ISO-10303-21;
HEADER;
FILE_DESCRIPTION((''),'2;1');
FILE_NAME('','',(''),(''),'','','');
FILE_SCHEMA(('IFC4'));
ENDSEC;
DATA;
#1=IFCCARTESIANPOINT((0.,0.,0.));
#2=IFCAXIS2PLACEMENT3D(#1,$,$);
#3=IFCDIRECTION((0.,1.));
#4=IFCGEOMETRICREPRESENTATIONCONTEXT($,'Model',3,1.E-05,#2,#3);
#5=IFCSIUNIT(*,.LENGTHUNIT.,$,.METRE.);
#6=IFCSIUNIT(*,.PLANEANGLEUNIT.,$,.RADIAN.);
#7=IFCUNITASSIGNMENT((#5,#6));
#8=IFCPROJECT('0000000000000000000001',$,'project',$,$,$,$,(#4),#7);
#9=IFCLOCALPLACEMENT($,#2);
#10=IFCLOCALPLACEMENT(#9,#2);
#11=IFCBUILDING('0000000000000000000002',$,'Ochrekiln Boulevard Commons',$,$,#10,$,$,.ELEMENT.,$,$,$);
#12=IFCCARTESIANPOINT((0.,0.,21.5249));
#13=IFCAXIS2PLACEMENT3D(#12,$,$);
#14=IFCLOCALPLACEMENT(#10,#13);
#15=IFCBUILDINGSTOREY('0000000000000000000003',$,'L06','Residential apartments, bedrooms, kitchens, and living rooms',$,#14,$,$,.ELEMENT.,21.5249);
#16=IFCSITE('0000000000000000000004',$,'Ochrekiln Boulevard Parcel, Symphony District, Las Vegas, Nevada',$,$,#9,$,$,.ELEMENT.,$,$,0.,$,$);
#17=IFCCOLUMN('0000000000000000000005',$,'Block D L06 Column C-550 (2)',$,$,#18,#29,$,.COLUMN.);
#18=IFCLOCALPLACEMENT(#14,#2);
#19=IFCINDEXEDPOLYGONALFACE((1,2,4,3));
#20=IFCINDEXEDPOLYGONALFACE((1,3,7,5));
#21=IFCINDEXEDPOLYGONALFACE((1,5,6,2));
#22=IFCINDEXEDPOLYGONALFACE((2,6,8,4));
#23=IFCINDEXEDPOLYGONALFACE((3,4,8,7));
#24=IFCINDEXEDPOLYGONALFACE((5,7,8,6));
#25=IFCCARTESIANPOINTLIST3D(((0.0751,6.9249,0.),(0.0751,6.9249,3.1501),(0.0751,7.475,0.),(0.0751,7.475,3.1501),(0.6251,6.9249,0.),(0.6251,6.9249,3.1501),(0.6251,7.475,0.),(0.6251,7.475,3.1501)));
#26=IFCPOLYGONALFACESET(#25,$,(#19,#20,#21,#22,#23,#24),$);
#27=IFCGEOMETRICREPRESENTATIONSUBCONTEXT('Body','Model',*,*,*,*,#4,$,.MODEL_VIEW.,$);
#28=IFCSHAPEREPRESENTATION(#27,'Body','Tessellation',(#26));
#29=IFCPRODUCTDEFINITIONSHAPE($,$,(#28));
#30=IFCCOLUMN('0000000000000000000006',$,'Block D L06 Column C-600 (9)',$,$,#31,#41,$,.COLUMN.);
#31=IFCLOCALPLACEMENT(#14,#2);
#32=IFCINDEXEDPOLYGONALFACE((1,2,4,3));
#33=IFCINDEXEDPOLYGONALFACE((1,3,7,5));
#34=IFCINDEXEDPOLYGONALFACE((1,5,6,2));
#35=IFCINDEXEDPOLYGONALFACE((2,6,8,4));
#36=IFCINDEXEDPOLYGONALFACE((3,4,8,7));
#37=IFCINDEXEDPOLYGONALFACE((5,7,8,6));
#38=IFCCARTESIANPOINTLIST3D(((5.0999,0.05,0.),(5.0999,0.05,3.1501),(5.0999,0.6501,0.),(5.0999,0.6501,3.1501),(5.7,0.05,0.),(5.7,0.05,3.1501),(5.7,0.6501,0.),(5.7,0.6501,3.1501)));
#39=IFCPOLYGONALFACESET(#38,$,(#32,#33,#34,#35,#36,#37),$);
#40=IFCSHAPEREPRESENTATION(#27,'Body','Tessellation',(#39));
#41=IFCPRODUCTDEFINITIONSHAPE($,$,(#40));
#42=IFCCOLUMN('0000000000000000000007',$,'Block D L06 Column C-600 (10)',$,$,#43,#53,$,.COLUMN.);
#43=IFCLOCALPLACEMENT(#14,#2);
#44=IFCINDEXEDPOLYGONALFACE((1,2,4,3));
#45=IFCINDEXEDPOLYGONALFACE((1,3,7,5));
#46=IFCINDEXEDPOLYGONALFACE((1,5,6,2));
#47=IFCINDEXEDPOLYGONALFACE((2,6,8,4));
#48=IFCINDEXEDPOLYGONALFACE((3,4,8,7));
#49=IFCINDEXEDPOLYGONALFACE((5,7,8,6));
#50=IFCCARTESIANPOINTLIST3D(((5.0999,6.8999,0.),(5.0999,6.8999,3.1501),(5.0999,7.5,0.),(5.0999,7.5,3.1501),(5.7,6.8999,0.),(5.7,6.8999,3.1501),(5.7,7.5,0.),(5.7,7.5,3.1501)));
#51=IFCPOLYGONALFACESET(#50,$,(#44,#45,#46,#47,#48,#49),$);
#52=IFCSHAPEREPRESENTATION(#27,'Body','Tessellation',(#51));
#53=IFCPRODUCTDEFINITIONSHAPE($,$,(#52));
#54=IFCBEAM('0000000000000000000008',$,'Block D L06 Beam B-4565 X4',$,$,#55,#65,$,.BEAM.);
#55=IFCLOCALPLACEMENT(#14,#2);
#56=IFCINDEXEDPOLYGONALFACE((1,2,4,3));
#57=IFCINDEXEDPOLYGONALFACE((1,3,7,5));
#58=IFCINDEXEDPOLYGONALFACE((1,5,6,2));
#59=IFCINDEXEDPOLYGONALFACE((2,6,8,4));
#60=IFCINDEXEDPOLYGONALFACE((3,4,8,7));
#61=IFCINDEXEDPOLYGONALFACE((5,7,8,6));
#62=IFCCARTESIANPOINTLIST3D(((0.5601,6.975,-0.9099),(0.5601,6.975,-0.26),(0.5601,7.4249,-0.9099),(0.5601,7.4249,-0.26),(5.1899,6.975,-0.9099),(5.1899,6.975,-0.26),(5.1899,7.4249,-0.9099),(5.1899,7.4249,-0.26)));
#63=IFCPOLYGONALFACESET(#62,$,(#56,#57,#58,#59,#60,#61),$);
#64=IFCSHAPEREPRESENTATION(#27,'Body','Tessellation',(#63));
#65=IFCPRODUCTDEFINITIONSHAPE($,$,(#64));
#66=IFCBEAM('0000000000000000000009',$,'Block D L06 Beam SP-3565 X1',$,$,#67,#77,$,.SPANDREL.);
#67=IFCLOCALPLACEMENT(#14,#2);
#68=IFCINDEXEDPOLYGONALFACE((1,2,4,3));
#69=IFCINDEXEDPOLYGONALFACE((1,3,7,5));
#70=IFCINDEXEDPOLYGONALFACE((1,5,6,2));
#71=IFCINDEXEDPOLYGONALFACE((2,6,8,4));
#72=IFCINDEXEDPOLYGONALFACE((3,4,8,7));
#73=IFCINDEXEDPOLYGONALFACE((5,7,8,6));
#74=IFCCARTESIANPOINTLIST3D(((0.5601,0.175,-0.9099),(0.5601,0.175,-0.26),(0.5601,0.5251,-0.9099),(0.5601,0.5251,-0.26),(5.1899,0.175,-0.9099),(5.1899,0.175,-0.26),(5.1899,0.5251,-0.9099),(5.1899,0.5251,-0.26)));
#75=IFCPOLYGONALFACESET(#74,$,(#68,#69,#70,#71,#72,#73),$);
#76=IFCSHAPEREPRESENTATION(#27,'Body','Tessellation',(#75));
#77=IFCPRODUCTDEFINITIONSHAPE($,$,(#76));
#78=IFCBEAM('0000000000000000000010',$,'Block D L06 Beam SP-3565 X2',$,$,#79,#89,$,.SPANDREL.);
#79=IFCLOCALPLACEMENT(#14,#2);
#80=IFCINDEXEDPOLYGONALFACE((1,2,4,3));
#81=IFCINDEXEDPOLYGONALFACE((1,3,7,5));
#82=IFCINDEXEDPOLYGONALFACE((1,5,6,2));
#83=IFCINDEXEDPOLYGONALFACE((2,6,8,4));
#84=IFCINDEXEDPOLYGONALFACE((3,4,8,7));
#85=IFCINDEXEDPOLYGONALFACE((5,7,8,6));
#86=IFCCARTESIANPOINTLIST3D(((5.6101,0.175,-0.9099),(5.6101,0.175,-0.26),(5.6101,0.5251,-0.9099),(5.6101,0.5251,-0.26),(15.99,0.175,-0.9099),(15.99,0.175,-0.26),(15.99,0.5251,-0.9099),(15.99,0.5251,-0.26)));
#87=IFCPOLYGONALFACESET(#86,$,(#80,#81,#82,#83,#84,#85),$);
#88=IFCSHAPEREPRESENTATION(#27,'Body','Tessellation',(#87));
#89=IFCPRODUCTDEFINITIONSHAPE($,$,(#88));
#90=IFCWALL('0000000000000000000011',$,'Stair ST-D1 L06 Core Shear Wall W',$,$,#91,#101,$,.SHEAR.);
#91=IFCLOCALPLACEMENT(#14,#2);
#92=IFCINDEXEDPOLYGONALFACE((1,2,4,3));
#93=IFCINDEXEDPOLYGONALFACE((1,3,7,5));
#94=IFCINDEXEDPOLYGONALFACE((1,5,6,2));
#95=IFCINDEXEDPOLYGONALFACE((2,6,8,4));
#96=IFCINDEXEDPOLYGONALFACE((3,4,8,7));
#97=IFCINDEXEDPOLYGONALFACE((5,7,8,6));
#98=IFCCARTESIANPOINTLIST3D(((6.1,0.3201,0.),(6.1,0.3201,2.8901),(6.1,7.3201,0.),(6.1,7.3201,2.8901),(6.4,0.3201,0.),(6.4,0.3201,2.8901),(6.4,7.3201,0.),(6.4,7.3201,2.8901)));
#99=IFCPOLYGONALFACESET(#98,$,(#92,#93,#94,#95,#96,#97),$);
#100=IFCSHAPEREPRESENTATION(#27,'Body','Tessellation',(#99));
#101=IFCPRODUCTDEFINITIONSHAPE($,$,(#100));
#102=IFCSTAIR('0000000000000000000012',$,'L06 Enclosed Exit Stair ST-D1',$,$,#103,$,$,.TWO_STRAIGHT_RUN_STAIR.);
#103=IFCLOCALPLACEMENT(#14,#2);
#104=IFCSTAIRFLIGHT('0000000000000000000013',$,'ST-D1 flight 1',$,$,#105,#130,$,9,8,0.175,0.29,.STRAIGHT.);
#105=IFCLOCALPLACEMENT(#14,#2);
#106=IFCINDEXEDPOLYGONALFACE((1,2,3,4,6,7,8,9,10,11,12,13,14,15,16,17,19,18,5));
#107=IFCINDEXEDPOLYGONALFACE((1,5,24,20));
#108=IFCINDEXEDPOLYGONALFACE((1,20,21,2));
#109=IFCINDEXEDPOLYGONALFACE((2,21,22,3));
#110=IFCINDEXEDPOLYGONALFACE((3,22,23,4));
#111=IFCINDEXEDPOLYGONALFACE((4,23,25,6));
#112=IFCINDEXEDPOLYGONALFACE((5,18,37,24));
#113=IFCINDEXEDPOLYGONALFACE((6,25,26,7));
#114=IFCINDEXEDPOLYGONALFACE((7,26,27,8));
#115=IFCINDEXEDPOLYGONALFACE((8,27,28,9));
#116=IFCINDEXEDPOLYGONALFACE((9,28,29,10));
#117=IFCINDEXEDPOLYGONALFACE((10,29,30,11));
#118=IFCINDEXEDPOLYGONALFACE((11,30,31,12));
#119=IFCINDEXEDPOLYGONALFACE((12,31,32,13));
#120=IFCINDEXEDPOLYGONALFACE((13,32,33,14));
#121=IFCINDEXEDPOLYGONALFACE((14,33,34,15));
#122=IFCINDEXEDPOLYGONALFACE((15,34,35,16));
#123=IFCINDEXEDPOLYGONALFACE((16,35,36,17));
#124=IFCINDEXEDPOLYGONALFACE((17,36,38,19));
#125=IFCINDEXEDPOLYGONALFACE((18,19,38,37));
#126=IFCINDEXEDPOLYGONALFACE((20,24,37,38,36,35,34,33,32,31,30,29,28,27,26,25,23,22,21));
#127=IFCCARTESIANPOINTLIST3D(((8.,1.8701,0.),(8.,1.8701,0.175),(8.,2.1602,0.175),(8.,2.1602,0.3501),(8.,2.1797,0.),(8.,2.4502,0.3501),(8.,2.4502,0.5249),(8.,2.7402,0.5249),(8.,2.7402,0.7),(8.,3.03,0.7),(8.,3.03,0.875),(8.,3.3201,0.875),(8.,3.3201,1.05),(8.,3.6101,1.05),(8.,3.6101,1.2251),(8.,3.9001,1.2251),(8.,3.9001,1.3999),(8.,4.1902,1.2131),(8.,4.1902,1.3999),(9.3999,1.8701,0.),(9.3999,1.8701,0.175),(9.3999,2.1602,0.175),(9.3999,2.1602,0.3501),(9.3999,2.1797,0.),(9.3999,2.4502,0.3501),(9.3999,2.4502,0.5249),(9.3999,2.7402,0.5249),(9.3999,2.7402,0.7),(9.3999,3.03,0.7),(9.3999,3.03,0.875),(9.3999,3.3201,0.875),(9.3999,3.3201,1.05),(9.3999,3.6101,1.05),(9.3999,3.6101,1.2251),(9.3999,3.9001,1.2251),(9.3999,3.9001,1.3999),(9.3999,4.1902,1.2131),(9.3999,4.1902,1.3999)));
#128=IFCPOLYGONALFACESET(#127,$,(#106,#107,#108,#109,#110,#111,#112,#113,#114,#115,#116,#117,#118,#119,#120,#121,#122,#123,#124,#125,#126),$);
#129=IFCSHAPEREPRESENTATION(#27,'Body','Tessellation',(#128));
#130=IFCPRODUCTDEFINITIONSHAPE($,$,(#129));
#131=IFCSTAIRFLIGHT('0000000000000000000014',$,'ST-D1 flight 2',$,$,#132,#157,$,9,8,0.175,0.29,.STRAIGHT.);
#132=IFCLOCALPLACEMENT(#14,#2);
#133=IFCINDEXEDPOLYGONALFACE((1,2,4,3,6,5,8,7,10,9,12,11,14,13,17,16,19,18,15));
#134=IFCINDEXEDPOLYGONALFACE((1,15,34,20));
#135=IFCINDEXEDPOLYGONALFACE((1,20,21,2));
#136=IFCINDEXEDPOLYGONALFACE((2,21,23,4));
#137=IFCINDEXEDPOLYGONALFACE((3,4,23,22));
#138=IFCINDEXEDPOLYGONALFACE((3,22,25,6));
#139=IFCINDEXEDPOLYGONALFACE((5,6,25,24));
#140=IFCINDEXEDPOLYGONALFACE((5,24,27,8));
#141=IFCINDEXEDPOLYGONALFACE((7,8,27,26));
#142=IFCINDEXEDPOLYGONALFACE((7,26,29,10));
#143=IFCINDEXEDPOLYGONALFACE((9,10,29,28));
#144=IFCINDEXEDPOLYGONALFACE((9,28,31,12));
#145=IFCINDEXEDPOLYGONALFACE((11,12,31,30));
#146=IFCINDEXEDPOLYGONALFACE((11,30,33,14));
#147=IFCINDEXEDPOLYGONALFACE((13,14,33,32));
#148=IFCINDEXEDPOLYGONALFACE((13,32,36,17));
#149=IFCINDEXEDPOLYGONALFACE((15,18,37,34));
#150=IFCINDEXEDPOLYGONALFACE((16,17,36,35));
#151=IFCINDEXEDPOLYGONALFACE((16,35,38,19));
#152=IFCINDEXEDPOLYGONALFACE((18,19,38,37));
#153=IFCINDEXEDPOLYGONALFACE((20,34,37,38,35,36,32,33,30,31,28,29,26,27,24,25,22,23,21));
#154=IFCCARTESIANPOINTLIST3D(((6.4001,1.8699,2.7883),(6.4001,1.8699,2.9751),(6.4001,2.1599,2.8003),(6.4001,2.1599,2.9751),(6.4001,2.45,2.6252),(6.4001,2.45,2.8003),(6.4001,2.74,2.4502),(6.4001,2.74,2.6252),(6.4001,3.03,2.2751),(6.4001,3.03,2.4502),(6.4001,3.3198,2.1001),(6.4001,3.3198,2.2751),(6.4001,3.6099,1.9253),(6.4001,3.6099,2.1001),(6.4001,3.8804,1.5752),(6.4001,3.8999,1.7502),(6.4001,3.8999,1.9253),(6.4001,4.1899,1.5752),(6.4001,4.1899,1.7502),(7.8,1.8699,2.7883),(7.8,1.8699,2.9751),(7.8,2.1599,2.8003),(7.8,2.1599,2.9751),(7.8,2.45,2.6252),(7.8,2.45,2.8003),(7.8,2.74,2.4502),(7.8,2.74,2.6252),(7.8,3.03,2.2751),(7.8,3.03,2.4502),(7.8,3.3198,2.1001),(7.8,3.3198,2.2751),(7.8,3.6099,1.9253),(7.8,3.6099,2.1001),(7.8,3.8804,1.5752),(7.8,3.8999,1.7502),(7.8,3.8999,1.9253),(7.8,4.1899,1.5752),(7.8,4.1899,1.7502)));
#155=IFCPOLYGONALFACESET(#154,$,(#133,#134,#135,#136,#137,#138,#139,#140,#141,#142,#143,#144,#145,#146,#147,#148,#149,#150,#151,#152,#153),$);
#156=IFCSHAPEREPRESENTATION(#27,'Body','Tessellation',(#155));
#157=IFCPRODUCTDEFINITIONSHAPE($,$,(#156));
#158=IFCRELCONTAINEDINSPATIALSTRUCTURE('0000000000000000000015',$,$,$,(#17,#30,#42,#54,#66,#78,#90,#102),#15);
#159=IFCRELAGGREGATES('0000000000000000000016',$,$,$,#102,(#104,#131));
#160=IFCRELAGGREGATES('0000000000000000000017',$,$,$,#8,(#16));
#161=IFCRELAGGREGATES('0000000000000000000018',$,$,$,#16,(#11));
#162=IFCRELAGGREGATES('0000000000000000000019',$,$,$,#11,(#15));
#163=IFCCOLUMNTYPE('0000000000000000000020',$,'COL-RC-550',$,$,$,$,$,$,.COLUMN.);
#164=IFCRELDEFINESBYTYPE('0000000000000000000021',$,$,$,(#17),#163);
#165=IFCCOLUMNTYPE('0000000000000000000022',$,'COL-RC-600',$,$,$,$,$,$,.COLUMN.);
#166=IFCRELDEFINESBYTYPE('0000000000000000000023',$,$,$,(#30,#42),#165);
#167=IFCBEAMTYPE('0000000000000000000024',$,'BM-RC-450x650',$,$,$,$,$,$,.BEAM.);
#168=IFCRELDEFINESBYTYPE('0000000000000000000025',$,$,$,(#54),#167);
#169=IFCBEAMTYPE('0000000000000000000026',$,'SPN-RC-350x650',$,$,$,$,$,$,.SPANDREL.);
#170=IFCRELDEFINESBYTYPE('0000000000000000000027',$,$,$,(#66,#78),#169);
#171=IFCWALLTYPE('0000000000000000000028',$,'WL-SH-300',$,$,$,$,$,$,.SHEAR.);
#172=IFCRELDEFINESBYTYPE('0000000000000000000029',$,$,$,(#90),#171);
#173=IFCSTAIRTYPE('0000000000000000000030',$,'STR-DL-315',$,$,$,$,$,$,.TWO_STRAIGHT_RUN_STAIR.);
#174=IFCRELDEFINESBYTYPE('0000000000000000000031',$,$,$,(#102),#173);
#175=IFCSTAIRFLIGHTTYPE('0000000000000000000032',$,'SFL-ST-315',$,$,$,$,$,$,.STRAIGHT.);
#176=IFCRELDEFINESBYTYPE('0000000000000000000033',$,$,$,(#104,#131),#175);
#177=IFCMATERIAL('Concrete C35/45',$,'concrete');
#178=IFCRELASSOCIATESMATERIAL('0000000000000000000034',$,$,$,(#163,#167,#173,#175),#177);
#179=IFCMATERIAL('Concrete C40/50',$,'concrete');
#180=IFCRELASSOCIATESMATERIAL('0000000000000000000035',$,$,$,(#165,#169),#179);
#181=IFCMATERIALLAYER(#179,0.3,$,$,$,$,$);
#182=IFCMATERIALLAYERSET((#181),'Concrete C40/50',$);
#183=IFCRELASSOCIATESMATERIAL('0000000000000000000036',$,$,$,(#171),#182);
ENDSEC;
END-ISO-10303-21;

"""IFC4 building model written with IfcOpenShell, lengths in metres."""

from ifc_helpers import new_model, si_unit, direction, frame, frame_2d, origin, origin_2d, place, context, subcontext, project, spatial, polyline, rectangle, outline, extrude, material, layer, layer_set, material_profile, profile_set, type_object, element, aggregate, save


model = new_model("IFC4")

# Units and contexts
model_context = context("Model", 3, precision=1e-05, world=origin(), true_north=direction((0.0, 1.0)))
body_context = subcontext(model_context, "Body", "Model", "MODEL_VIEW")
ifc_project = project(units=[si_unit("LENGTHUNIT", "METRE"), si_unit("PLANEANGLEUNIT", "RADIAN")], contexts=[model_context])

# Site, building, storey
site_placement = place(None, origin())
site = spatial("IfcSite", under=ifc_project, at=site_placement, Name="Ochrekiln Boulevard Parcel, Symphony District, Las Vegas, Nevada", CompositionType="ELEMENT", RefElevation=0.0)
building_placement = place(site_placement, origin())
building = spatial("IfcBuilding", under=site, at=building_placement, Name="Ochrekiln Boulevard Commons", CompositionType="ELEMENT")
storey_placement = place(building_placement, frame((0.0, 0.0, 21.5249)))
storey = spatial("IfcBuildingStorey", under=building, at=storey_placement, Name="L06", Description="Residential apartments, bedrooms, kitchens, and living rooms", CompositionType="ELEMENT", Elevation=21.5249)

# Columns
ifc_material_1 = material(Name="Concrete C35/45", Category="concrete")
ifc_material_profile_1 = material_profile(ifc_material_1, rectangle(XDim=0.55, YDim=0.55, at=origin_2d()), Name="RC-COL-550x550")
ifc_profile_set_1 = profile_set([ifc_material_profile_1], Name="Concrete C35/45")
column_type_1 = type_object("IfcColumnType", Name="COL-RC-550", PredefinedType="COLUMN", material=ifc_profile_set_1)
column_placement = place(storey_placement, frame((0.3501, 7.2, 0.0), z_axis=(0.0, 0.0, 1.0), x_axis=(1.0, 0.0, 0.0)))
element("IfcColumn", 1, at=column_placement, inside=storey, type_object=column_type_1, Name="Block D L06 Column C-550 (2)", PredefinedType="COLUMN", context=body_context, shape_type="SweptSolid", body=[
    extrude(rectangle(XDim=0.55, YDim=0.55, at=origin_2d()), origin(), (0.0, 0.0, 1.0), 3.1501),
])
ifc_material_2 = material(Name="Concrete C40/50", Category="concrete")
ifc_material_profile_2 = material_profile(ifc_material_2, rectangle(XDim=0.6001, YDim=0.6001, at=origin_2d()), Name="RC-COL-600x600")
ifc_profile_set_2 = profile_set([ifc_material_profile_2], Name="Concrete C40/50")
column_type_2 = type_object("IfcColumnType", Name="COL-RC-600", PredefinedType="COLUMN", material=ifc_profile_set_2)
for number, where, z_axis, x_axis, name in (
    (2, (5.3999, 0.3501, 0.0), (0.0, 0.0, 1.0), (1.0, 0.0, 0.0), "Block D L06 Column C-600 (9)"),
    (3, (5.3999, 7.2, 0.0), (0.0, 0.0, 1.0), (1.0, 0.0, 0.0), "Block D L06 Column C-600 (10)"),
):
    element("IfcColumn", number, at=place(storey_placement, frame(where, z_axis=z_axis, x_axis=x_axis)), inside=storey, type_object=column_type_2, Name=name, PredefinedType="COLUMN", context=body_context, shape_type="SweptSolid", body=[
        extrude(rectangle(XDim=0.6001, YDim=0.6001, at=origin_2d()), origin(), (0.0, 0.0, 1.0), 3.1501),
    ])

# Beams
ifc_material_profile_3 = material_profile(ifc_material_1, rectangle(XDim=0.45, YDim=0.6499, at=origin_2d()), Name="RC-BM-450x650")
ifc_profile_set_3 = profile_set([ifc_material_profile_3], Name="Concrete C35/45")
beam_type_1 = type_object("IfcBeamType", Name="BM-RC-450x650", PredefinedType="BEAM", material=ifc_profile_set_3)
beam_1_placement = place(storey_placement, frame((0.5601, 7.2, -0.585), z_axis=(1.0, 0.0, 0.0), x_axis=(0.0, 1.0, 0.0)))
element("IfcBeam", 4, at=beam_1_placement, inside=storey, type_object=beam_type_1, Name="Block D L06 Beam B-4565 X4", PredefinedType="BEAM", context=body_context, shape_type="SweptSolid", body=[
    extrude(rectangle(XDim=0.45, YDim=0.6499, at=origin_2d()), origin(), (0.0, 0.0, 1.0), 4.6299),
])
ifc_material_profile_4 = material_profile(ifc_material_2, rectangle(XDim=0.3501, YDim=0.6499, at=origin_2d()), Name="RC-SPN-350x650")
ifc_profile_set_4 = profile_set([ifc_material_profile_4], Name="Concrete C40/50")
beam_type_2 = type_object("IfcBeamType", Name="SPN-RC-350x650", PredefinedType="SPANDREL", material=ifc_profile_set_4)
beam_2_placement = place(storey_placement, frame((0.5601, 0.3501, -0.585), z_axis=(1.0, 0.0, 0.0), x_axis=(0.0, 1.0, 0.0)))
element("IfcBeam", 5, at=beam_2_placement, inside=storey, type_object=beam_type_2, Name="Block D L06 Beam SP-3565 X1", PredefinedType="SPANDREL", context=body_context, shape_type="SweptSolid", body=[
    extrude(rectangle(XDim=0.3501, YDim=0.6499, at=origin_2d()), origin(), (0.0, 0.0, 1.0), 4.6299),
])
beam_3_placement = place(storey_placement, frame((5.6101, 0.3501, -0.585), z_axis=(1.0, 0.0, 0.0), x_axis=(0.0, 1.0, 0.0)))
element("IfcBeam", 6, at=beam_3_placement, inside=storey, type_object=beam_type_2, Name="Block D L06 Beam SP-3565 X2", PredefinedType="SPANDREL", context=body_context, shape_type="SweptSolid", body=[
    extrude(rectangle(XDim=0.3501, YDim=0.6499, at=origin_2d()), origin(), (0.0, 0.0, 1.0), 10.3799),
])

# Wall
ifc_layer = layer(ifc_material_2, 0.3)
ifc_layer_set = layer_set([ifc_layer], Name="Concrete C40/50")
wall_type = type_object("IfcWallType", Name="WL-SH-300", PredefinedType="SHEAR", material=ifc_layer_set)
wall_placement = place(storey_placement, frame((6.25, 0.3201, 0.0), z_axis=(0.0, 0.0, 1.0), x_axis=(0.0, 1.0, 0.0)))
element("IfcWall", 7, at=wall_placement, inside=storey, type_object=wall_type, Name="Stair ST-D1 L06 Core Shear Wall W", PredefinedType="SHEAR", context=body_context, shape_type="SweptSolid", body=[
    extrude(rectangle(XDim=7.0, YDim=0.3, at=frame_2d((3.5, 0.0))), origin(), (0.0, 0.0, 1.0), 2.8901),
])

# Stair, stair flights
stair_type = type_object("IfcStairType", Name="STR-DL-315", PredefinedType="TWO_STRAIGHT_RUN_STAIR", material=ifc_material_1)
stair_placement = place(storey_placement, origin())
stair = element("IfcStair", 8, at=stair_placement, inside=storey, type_object=stair_type, Name="L06 Enclosed Exit Stair ST-D1", PredefinedType="TWO_STRAIGHT_RUN_STAIR")
stair_flight_type = type_object("IfcStairFlightType", Name="SFL-ST-315", PredefinedType="STRAIGHT", material=ifc_material_1)
stair_flight_1_placement = place(storey_placement, frame((8.7, 1.8701, 0.0), z_axis=(0.0, 0.0, 1.0), x_axis=(0.0, 1.0, 0.0)))
stair_flight_1 = element("IfcStairFlight", 9, at=stair_flight_1_placement, type_object=stair_flight_type, Name="ST-D1 flight 1", NumberOfRisers=9, NumberOfTreads=8, PredefinedType="STRAIGHT", RiserHeight=0.175, TreadLength=0.29, context=body_context, shape_type="SweptSolid", body=[
    extrude(outline(polyline([(0.0, 0.0), (0.0, 0.175), (0.29, 0.175), (0.29, 0.3501), (0.5801, 0.3501), (0.5801, 0.5249), (0.8701, 0.5249), (0.8701, 0.7), (1.1599, 0.7), (1.1599, 0.875), (1.45, 0.875), (1.45, 1.05), (1.74, 1.05), (1.74, 1.2251), (2.03, 1.2251), (2.03, 1.3999), (2.3201, 1.3999), (2.3201, 1.575), (2.3201, 1.2131), (0.3096, 0.0), (0.0, 0.0)])), frame((0.0, 0.7, 0.0), z_axis=(0.0, -1.0, 0.0), x_axis=(1.0, 0.0, 0.0)), (0.0, 0.0, 1.0), 1.3999),
])
stair_flight_2_placement = place(storey_placement, frame((7.1001, 4.1899, 1.5752), z_axis=(0.0, 0.0, 1.0), x_axis=(0.0, -1.0, 0.0)))
stair_flight_2 = element("IfcStairFlight", 10, at=stair_flight_2_placement, type_object=stair_flight_type, Name="ST-D1 flight 2", NumberOfRisers=9, NumberOfTreads=8, PredefinedType="STRAIGHT", RiserHeight=0.175, TreadLength=0.29, context=body_context, shape_type="SweptSolid", body=[
    extrude(outline(polyline([(0.0, 0.0), (0.0, 0.175), (0.29, 0.175), (0.29, 0.3501), (0.5801, 0.3501), (0.5801, 0.5249), (0.8701, 0.5249), (0.8701, 0.7), (1.1599, 0.7), (1.1599, 0.875), (1.45, 0.875), (1.45, 1.05), (1.74, 1.05), (1.74, 1.2251), (2.03, 1.2251), (2.03, 1.3999), (2.3201, 1.3999), (2.3201, 1.575), (2.3201, 1.2131), (0.3096, 0.0), (0.0, 0.0)])), frame((0.0, 0.7, 0.0), z_axis=(0.0, -1.0, 0.0), x_axis=(1.0, 0.0, 0.0)), (0.0, 0.0, 1.0), 1.3999),
])
aggregate(stair, [stair_flight_1, stair_flight_2])

save(model, "model.ifc")
